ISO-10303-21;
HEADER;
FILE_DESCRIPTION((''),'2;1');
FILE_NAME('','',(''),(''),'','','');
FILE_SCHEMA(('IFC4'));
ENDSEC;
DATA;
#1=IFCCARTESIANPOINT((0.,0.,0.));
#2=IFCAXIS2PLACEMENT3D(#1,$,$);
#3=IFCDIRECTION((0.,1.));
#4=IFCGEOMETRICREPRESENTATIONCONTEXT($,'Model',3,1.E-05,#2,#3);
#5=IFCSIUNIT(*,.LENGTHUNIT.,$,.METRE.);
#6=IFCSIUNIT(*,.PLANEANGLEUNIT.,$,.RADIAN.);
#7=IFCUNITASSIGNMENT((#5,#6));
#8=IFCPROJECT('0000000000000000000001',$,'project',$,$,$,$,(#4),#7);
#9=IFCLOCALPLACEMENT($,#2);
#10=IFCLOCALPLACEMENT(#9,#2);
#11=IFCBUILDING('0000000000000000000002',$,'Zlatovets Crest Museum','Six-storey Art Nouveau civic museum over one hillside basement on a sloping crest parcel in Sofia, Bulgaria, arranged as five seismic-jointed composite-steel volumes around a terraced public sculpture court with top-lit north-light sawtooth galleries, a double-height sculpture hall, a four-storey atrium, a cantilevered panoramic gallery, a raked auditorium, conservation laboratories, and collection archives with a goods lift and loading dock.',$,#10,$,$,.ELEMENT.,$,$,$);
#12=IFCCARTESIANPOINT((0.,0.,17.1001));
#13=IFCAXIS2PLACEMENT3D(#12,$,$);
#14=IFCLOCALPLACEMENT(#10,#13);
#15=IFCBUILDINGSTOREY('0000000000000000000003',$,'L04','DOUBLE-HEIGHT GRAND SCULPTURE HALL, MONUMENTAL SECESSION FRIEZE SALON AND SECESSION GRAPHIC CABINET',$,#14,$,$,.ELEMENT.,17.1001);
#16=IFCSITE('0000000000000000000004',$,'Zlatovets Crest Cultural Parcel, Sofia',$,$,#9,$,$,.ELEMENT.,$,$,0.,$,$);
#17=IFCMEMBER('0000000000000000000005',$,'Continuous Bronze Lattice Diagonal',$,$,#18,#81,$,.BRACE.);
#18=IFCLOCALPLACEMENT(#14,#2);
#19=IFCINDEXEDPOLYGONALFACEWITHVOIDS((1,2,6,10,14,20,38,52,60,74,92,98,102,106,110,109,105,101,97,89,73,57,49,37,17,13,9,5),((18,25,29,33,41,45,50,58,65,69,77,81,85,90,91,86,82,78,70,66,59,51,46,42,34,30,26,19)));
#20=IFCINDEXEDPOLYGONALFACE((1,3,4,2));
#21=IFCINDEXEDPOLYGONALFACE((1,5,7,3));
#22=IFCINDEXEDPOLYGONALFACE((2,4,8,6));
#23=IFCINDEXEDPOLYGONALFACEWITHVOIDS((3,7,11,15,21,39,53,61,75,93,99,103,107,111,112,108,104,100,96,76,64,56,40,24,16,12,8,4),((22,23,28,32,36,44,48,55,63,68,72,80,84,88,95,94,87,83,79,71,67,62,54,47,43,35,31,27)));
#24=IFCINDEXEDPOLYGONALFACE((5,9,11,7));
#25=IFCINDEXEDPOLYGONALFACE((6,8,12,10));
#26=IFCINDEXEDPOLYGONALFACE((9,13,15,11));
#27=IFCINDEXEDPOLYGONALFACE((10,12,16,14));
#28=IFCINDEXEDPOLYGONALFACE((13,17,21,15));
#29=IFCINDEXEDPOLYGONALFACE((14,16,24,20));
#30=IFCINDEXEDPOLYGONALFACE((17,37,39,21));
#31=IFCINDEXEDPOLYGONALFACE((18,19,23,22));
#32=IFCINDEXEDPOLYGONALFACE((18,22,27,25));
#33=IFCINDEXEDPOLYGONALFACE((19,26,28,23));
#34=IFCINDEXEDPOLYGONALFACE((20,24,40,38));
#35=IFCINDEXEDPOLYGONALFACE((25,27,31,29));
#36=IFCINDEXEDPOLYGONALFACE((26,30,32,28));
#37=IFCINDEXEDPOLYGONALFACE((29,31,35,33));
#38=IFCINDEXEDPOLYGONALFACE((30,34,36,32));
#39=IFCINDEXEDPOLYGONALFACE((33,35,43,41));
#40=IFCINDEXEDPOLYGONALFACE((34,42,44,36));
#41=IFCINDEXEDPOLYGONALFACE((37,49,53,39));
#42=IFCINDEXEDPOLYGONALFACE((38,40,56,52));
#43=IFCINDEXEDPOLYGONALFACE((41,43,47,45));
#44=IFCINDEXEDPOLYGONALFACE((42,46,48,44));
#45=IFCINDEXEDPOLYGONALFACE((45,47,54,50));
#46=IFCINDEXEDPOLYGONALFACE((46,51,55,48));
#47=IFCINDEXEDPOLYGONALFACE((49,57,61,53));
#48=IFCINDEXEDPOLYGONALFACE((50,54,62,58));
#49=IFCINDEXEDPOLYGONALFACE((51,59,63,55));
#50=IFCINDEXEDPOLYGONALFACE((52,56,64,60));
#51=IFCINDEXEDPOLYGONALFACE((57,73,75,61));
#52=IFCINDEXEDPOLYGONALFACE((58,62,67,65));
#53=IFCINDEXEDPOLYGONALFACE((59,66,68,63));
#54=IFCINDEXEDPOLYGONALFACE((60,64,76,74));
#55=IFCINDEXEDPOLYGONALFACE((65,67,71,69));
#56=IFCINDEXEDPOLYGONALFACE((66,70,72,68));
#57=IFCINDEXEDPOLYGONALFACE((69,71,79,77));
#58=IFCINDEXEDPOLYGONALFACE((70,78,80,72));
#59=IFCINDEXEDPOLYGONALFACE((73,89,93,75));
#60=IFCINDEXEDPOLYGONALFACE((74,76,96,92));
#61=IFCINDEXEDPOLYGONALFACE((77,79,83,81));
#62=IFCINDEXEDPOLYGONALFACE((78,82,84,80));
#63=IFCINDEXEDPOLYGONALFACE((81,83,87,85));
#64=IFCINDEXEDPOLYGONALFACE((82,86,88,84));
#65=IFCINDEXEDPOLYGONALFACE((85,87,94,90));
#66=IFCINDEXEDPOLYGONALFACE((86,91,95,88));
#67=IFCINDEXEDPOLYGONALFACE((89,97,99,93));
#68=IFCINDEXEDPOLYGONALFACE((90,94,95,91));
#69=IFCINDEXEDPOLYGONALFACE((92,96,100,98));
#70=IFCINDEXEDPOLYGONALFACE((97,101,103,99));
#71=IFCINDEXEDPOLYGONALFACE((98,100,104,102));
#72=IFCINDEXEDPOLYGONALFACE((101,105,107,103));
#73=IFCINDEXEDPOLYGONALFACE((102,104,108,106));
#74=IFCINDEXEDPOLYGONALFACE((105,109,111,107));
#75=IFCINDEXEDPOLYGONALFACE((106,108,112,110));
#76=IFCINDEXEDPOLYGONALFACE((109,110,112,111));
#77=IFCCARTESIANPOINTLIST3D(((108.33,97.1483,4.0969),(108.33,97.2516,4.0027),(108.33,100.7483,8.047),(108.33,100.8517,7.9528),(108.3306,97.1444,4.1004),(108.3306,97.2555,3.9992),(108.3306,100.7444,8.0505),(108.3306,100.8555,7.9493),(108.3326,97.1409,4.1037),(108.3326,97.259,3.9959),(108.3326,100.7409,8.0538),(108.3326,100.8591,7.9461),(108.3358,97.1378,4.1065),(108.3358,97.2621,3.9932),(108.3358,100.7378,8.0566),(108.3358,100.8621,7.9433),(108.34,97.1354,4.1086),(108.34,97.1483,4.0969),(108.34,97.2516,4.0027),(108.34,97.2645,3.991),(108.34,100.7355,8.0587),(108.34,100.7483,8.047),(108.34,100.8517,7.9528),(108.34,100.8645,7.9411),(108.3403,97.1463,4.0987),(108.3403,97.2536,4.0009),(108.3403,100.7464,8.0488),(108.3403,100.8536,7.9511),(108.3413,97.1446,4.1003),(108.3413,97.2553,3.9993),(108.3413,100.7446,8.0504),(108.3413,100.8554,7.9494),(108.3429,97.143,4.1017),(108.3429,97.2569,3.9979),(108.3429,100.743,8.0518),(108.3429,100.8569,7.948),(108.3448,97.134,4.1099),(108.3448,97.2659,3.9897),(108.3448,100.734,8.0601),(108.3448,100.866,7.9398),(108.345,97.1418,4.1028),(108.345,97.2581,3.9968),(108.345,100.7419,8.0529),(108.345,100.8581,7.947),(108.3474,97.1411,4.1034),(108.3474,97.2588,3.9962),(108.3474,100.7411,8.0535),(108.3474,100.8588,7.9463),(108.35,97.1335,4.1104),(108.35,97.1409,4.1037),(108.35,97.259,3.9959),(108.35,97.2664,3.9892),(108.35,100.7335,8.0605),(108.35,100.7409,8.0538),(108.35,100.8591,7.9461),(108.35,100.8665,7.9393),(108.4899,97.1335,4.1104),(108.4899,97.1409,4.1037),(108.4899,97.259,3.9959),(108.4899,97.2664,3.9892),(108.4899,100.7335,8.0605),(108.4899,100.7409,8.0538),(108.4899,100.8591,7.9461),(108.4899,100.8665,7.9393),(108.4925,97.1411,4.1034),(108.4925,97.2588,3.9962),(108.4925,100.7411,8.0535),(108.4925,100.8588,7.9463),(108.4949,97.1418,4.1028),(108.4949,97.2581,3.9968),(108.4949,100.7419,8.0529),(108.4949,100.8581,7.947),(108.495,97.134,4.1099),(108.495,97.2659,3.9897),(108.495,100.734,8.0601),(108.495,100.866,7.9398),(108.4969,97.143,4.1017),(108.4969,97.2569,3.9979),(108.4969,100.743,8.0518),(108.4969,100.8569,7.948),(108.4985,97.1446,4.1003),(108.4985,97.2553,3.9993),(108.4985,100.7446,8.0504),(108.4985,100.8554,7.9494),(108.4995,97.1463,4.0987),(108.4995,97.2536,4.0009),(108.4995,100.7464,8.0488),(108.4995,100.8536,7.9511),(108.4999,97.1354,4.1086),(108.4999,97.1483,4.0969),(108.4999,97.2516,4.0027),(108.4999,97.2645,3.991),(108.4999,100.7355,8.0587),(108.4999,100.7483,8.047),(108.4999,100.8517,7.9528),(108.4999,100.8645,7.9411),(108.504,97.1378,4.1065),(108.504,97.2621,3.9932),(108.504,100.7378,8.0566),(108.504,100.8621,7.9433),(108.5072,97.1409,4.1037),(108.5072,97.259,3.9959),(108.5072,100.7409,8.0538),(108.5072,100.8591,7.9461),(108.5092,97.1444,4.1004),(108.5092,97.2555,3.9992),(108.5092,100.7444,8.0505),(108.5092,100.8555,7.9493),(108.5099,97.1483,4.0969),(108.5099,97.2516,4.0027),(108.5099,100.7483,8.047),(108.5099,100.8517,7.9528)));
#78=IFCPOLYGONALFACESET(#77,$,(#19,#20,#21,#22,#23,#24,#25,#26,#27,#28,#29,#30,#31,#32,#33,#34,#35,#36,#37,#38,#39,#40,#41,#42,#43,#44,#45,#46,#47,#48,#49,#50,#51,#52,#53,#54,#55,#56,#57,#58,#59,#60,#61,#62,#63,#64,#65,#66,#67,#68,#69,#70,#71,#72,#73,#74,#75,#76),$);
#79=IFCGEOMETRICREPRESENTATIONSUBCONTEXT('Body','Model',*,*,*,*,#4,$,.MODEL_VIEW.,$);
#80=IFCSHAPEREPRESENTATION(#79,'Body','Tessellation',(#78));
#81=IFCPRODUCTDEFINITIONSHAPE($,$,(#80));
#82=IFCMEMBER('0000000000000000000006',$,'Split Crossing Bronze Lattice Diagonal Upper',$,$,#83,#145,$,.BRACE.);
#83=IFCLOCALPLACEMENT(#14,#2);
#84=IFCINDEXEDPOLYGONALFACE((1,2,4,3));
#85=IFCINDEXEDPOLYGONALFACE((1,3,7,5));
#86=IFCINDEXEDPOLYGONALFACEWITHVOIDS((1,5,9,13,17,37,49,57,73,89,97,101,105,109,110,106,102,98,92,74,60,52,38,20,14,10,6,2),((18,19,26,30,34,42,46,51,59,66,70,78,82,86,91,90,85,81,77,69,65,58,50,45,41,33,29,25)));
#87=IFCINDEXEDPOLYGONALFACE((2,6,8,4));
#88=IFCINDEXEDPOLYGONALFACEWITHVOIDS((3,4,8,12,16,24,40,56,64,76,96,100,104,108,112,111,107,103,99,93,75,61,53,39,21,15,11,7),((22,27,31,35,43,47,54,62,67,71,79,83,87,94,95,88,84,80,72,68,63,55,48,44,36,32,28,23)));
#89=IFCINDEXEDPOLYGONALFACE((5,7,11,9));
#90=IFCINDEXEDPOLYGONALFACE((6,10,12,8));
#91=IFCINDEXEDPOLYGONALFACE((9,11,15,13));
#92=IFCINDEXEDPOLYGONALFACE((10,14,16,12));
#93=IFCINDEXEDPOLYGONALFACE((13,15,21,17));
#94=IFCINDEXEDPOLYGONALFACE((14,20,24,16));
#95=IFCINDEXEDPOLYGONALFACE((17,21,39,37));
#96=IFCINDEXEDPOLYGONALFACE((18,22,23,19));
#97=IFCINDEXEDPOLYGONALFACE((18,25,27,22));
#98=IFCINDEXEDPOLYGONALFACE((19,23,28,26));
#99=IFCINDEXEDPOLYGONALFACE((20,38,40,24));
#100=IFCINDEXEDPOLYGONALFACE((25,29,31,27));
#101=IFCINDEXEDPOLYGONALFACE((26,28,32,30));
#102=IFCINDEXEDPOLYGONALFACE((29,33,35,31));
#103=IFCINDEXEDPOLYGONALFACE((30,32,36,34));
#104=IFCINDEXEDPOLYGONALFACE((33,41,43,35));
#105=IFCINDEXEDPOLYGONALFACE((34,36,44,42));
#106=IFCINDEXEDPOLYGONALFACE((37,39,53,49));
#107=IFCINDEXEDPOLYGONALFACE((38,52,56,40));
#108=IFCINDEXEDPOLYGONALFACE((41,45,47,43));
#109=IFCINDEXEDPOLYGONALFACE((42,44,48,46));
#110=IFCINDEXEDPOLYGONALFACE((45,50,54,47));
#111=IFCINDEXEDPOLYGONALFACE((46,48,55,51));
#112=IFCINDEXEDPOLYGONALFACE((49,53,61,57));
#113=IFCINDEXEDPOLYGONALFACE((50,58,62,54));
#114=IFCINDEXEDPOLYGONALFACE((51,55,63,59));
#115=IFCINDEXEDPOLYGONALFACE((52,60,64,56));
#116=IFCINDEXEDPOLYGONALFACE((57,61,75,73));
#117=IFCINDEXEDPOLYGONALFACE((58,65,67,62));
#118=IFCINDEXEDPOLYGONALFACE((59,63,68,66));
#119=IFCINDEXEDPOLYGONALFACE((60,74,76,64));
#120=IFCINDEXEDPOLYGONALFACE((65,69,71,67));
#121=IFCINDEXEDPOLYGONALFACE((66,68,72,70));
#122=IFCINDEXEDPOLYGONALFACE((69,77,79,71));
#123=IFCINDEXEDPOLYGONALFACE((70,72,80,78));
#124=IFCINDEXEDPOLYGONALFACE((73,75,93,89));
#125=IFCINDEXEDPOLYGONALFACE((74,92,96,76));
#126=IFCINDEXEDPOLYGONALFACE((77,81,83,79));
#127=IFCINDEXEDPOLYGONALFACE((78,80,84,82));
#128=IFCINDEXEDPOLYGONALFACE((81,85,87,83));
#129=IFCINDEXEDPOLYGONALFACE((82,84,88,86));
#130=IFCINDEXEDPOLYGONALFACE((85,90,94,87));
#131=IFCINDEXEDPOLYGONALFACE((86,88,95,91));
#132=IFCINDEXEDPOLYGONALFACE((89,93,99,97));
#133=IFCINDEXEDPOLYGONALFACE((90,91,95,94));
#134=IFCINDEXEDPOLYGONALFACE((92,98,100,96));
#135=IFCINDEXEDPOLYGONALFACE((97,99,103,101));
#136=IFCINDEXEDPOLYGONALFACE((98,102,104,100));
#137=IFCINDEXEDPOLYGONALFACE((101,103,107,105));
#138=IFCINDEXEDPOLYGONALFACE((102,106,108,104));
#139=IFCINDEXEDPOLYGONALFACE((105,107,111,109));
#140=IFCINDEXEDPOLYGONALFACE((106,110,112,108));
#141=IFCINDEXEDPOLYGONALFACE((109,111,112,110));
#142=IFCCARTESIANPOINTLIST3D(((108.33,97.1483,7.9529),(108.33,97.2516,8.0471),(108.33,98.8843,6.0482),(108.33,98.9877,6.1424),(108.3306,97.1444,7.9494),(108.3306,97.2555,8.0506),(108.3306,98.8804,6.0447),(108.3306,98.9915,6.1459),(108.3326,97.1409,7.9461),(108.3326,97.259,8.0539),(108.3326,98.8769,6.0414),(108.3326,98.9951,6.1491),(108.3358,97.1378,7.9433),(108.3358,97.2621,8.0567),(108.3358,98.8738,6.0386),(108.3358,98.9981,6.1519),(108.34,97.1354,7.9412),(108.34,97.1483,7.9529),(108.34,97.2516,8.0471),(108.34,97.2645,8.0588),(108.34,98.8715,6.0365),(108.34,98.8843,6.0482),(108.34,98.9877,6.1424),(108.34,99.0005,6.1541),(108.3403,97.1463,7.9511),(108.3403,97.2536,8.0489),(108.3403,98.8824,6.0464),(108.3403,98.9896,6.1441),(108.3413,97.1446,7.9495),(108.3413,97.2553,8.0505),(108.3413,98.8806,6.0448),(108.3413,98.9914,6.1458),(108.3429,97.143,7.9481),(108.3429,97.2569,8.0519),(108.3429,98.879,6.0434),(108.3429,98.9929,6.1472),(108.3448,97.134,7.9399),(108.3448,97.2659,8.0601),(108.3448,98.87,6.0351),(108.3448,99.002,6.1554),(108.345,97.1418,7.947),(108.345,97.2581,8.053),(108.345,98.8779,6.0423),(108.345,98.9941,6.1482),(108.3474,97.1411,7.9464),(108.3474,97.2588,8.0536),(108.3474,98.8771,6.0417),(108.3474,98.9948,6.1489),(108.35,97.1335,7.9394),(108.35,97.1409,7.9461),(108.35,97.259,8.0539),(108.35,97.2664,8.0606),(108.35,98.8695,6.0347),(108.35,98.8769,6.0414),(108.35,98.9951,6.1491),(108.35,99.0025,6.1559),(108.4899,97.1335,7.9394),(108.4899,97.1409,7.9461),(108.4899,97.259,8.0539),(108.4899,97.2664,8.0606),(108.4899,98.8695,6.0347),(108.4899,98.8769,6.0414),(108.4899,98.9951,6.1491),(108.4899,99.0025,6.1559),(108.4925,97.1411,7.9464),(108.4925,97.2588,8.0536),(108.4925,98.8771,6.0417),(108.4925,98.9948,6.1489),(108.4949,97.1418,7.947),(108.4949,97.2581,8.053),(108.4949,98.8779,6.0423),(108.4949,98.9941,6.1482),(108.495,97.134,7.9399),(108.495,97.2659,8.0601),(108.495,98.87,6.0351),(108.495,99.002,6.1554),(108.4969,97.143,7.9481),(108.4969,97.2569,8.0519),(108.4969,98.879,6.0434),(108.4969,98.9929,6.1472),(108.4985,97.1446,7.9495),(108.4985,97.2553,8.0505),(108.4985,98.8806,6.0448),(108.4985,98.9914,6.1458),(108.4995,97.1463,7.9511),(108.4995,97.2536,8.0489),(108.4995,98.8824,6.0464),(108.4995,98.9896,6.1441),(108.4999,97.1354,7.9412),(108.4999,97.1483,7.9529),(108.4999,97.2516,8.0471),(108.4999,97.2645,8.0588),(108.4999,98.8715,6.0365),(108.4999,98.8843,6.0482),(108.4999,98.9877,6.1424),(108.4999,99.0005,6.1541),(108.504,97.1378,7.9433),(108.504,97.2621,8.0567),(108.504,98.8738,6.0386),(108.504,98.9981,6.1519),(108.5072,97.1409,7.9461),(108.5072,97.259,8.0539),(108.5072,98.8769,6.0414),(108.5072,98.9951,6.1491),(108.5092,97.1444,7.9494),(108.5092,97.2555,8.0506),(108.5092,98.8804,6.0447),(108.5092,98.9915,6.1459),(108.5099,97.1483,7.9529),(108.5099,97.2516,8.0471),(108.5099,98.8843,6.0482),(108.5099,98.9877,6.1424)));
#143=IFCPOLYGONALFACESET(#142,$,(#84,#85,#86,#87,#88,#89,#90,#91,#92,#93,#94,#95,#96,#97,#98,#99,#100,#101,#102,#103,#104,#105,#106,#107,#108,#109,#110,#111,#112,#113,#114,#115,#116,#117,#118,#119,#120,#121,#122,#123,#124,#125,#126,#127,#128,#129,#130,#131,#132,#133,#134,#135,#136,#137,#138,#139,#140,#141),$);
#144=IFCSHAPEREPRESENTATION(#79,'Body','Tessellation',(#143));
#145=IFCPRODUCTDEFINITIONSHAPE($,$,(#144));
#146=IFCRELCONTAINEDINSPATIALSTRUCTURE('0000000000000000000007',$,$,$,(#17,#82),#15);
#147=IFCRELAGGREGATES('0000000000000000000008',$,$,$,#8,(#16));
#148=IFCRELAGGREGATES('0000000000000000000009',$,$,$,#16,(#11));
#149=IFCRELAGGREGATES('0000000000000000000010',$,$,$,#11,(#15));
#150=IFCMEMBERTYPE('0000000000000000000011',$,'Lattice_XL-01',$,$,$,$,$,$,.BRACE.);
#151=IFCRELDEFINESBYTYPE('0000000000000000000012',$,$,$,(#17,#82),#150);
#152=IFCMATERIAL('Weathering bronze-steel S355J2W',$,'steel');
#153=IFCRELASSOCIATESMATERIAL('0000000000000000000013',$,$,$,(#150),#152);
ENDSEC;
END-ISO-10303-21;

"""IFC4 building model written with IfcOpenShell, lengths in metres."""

from ifc_helpers import new_model, si_unit, direction, frame, origin, origin_2d, place, context, subcontext, project, spatial, hollow_rectangle, extrude, material, material_profile, profile_set, type_object, element, save


model = new_model("IFC4")

# Units and contexts
model_context = context("Model", 3, precision=1e-05, world=origin(), true_north=direction((0.0, 1.0)))
body_context = subcontext(model_context, "Body", "Model", "MODEL_VIEW")
ifc_project = project(units=[si_unit("LENGTHUNIT", "METRE"), si_unit("PLANEANGLEUNIT", "RADIAN")], contexts=[model_context])

# Site, building, storey
site_placement = place(None, origin())
site = spatial("IfcSite", under=ifc_project, at=site_placement, Name="Zlatovets Crest Cultural Parcel, Sofia", CompositionType="ELEMENT", RefElevation=0.0)
building_placement = place(site_placement, origin())
building = spatial("IfcBuilding", under=site, at=building_placement, Name="Zlatovets Crest Museum", Description="Six-storey Art Nouveau civic museum over one hillside basement on a sloping crest parcel in Sofia, Bulgaria, arranged as five seismic-jointed composite-steel volumes around a terraced public sculpture court with top-lit north-light sawtooth galleries, a double-height sculpture hall, a four-storey atrium, a cantilevered panoramic gallery, a raked auditorium, conservation laboratories, and collection archives with a goods lift and loading dock.", CompositionType="ELEMENT")
storey_placement = place(building_placement, frame((0.0, 0.0, 17.1001)))
storey = spatial("IfcBuildingStorey", under=building, at=storey_placement, Name="L04", Description="DOUBLE-HEIGHT GRAND SCULPTURE HALL, MONUMENTAL SECESSION FRIEZE SALON AND SECESSION GRAPHIC CABINET", CompositionType="ELEMENT", Elevation=17.1001)

# Members
ifc_material_1 = material(Name="Weathering bronze-steel S355J2W", Category="steel")
ifc_material_profile_1 = material_profile(ifc_material_1, hollow_rectangle(XDim=0.1799, YDim=0.1799, WallThickness=0.01, InnerFilletRadius=0.01, OuterFilletRadius=0.02, at=origin_2d()), Name="SHS 180x180x10.0")
ifc_profile_set_1 = profile_set([ifc_material_profile_1], Name="Weathering bronze-steel S355J2W")
member_type_1 = type_object("IfcMemberType", Name="Lattice_XL-01", PredefinedType="BRACE", material=ifc_profile_set_1)
member_1_placement = place(storey_placement, frame((108.4199, 97.2, 4.0498), z_axis=(0.0, 0.673595, 0.7391), x_axis=(-1.0, 0.0, 0.0)))
element("IfcMember", 1, at=member_1_placement, inside=storey, type_object=member_type_1, Name="Continuous Bronze Lattice Diagonal", PredefinedType="BRACE", context=body_context, shape_type="SweptSolid", body=[
    extrude(hollow_rectangle(XDim=0.1799, YDim=0.1799, WallThickness=0.01, InnerFilletRadius=0.01, OuterFilletRadius=0.02, at=origin_2d()), origin(), (0.0, 0.0, 1.0), 5.3445),
])
for number, where, z_axis, x_axis, name in (
    (2, (108.4199, 97.2, 8.0), (0.0, 0.67362, -0.739078), (-1.0, 0.0, 0.0), "Split Crossing Bronze Lattice Diagonal Upper"),
):
    element("IfcMember", number, at=place(storey_placement, frame(where, z_axis=z_axis, x_axis=x_axis)), inside=storey, type_object=member_type_1, Name=name, PredefinedType="BRACE", context=body_context, shape_type="SweptSolid", body=[
        extrude(hollow_rectangle(XDim=0.1799, YDim=0.1799, WallThickness=0.01, InnerFilletRadius=0.01, OuterFilletRadius=0.02, at=origin_2d()), origin(), (0.0, 0.0, 1.0), 2.5771),
    ])

save(model, "model.ifc")
